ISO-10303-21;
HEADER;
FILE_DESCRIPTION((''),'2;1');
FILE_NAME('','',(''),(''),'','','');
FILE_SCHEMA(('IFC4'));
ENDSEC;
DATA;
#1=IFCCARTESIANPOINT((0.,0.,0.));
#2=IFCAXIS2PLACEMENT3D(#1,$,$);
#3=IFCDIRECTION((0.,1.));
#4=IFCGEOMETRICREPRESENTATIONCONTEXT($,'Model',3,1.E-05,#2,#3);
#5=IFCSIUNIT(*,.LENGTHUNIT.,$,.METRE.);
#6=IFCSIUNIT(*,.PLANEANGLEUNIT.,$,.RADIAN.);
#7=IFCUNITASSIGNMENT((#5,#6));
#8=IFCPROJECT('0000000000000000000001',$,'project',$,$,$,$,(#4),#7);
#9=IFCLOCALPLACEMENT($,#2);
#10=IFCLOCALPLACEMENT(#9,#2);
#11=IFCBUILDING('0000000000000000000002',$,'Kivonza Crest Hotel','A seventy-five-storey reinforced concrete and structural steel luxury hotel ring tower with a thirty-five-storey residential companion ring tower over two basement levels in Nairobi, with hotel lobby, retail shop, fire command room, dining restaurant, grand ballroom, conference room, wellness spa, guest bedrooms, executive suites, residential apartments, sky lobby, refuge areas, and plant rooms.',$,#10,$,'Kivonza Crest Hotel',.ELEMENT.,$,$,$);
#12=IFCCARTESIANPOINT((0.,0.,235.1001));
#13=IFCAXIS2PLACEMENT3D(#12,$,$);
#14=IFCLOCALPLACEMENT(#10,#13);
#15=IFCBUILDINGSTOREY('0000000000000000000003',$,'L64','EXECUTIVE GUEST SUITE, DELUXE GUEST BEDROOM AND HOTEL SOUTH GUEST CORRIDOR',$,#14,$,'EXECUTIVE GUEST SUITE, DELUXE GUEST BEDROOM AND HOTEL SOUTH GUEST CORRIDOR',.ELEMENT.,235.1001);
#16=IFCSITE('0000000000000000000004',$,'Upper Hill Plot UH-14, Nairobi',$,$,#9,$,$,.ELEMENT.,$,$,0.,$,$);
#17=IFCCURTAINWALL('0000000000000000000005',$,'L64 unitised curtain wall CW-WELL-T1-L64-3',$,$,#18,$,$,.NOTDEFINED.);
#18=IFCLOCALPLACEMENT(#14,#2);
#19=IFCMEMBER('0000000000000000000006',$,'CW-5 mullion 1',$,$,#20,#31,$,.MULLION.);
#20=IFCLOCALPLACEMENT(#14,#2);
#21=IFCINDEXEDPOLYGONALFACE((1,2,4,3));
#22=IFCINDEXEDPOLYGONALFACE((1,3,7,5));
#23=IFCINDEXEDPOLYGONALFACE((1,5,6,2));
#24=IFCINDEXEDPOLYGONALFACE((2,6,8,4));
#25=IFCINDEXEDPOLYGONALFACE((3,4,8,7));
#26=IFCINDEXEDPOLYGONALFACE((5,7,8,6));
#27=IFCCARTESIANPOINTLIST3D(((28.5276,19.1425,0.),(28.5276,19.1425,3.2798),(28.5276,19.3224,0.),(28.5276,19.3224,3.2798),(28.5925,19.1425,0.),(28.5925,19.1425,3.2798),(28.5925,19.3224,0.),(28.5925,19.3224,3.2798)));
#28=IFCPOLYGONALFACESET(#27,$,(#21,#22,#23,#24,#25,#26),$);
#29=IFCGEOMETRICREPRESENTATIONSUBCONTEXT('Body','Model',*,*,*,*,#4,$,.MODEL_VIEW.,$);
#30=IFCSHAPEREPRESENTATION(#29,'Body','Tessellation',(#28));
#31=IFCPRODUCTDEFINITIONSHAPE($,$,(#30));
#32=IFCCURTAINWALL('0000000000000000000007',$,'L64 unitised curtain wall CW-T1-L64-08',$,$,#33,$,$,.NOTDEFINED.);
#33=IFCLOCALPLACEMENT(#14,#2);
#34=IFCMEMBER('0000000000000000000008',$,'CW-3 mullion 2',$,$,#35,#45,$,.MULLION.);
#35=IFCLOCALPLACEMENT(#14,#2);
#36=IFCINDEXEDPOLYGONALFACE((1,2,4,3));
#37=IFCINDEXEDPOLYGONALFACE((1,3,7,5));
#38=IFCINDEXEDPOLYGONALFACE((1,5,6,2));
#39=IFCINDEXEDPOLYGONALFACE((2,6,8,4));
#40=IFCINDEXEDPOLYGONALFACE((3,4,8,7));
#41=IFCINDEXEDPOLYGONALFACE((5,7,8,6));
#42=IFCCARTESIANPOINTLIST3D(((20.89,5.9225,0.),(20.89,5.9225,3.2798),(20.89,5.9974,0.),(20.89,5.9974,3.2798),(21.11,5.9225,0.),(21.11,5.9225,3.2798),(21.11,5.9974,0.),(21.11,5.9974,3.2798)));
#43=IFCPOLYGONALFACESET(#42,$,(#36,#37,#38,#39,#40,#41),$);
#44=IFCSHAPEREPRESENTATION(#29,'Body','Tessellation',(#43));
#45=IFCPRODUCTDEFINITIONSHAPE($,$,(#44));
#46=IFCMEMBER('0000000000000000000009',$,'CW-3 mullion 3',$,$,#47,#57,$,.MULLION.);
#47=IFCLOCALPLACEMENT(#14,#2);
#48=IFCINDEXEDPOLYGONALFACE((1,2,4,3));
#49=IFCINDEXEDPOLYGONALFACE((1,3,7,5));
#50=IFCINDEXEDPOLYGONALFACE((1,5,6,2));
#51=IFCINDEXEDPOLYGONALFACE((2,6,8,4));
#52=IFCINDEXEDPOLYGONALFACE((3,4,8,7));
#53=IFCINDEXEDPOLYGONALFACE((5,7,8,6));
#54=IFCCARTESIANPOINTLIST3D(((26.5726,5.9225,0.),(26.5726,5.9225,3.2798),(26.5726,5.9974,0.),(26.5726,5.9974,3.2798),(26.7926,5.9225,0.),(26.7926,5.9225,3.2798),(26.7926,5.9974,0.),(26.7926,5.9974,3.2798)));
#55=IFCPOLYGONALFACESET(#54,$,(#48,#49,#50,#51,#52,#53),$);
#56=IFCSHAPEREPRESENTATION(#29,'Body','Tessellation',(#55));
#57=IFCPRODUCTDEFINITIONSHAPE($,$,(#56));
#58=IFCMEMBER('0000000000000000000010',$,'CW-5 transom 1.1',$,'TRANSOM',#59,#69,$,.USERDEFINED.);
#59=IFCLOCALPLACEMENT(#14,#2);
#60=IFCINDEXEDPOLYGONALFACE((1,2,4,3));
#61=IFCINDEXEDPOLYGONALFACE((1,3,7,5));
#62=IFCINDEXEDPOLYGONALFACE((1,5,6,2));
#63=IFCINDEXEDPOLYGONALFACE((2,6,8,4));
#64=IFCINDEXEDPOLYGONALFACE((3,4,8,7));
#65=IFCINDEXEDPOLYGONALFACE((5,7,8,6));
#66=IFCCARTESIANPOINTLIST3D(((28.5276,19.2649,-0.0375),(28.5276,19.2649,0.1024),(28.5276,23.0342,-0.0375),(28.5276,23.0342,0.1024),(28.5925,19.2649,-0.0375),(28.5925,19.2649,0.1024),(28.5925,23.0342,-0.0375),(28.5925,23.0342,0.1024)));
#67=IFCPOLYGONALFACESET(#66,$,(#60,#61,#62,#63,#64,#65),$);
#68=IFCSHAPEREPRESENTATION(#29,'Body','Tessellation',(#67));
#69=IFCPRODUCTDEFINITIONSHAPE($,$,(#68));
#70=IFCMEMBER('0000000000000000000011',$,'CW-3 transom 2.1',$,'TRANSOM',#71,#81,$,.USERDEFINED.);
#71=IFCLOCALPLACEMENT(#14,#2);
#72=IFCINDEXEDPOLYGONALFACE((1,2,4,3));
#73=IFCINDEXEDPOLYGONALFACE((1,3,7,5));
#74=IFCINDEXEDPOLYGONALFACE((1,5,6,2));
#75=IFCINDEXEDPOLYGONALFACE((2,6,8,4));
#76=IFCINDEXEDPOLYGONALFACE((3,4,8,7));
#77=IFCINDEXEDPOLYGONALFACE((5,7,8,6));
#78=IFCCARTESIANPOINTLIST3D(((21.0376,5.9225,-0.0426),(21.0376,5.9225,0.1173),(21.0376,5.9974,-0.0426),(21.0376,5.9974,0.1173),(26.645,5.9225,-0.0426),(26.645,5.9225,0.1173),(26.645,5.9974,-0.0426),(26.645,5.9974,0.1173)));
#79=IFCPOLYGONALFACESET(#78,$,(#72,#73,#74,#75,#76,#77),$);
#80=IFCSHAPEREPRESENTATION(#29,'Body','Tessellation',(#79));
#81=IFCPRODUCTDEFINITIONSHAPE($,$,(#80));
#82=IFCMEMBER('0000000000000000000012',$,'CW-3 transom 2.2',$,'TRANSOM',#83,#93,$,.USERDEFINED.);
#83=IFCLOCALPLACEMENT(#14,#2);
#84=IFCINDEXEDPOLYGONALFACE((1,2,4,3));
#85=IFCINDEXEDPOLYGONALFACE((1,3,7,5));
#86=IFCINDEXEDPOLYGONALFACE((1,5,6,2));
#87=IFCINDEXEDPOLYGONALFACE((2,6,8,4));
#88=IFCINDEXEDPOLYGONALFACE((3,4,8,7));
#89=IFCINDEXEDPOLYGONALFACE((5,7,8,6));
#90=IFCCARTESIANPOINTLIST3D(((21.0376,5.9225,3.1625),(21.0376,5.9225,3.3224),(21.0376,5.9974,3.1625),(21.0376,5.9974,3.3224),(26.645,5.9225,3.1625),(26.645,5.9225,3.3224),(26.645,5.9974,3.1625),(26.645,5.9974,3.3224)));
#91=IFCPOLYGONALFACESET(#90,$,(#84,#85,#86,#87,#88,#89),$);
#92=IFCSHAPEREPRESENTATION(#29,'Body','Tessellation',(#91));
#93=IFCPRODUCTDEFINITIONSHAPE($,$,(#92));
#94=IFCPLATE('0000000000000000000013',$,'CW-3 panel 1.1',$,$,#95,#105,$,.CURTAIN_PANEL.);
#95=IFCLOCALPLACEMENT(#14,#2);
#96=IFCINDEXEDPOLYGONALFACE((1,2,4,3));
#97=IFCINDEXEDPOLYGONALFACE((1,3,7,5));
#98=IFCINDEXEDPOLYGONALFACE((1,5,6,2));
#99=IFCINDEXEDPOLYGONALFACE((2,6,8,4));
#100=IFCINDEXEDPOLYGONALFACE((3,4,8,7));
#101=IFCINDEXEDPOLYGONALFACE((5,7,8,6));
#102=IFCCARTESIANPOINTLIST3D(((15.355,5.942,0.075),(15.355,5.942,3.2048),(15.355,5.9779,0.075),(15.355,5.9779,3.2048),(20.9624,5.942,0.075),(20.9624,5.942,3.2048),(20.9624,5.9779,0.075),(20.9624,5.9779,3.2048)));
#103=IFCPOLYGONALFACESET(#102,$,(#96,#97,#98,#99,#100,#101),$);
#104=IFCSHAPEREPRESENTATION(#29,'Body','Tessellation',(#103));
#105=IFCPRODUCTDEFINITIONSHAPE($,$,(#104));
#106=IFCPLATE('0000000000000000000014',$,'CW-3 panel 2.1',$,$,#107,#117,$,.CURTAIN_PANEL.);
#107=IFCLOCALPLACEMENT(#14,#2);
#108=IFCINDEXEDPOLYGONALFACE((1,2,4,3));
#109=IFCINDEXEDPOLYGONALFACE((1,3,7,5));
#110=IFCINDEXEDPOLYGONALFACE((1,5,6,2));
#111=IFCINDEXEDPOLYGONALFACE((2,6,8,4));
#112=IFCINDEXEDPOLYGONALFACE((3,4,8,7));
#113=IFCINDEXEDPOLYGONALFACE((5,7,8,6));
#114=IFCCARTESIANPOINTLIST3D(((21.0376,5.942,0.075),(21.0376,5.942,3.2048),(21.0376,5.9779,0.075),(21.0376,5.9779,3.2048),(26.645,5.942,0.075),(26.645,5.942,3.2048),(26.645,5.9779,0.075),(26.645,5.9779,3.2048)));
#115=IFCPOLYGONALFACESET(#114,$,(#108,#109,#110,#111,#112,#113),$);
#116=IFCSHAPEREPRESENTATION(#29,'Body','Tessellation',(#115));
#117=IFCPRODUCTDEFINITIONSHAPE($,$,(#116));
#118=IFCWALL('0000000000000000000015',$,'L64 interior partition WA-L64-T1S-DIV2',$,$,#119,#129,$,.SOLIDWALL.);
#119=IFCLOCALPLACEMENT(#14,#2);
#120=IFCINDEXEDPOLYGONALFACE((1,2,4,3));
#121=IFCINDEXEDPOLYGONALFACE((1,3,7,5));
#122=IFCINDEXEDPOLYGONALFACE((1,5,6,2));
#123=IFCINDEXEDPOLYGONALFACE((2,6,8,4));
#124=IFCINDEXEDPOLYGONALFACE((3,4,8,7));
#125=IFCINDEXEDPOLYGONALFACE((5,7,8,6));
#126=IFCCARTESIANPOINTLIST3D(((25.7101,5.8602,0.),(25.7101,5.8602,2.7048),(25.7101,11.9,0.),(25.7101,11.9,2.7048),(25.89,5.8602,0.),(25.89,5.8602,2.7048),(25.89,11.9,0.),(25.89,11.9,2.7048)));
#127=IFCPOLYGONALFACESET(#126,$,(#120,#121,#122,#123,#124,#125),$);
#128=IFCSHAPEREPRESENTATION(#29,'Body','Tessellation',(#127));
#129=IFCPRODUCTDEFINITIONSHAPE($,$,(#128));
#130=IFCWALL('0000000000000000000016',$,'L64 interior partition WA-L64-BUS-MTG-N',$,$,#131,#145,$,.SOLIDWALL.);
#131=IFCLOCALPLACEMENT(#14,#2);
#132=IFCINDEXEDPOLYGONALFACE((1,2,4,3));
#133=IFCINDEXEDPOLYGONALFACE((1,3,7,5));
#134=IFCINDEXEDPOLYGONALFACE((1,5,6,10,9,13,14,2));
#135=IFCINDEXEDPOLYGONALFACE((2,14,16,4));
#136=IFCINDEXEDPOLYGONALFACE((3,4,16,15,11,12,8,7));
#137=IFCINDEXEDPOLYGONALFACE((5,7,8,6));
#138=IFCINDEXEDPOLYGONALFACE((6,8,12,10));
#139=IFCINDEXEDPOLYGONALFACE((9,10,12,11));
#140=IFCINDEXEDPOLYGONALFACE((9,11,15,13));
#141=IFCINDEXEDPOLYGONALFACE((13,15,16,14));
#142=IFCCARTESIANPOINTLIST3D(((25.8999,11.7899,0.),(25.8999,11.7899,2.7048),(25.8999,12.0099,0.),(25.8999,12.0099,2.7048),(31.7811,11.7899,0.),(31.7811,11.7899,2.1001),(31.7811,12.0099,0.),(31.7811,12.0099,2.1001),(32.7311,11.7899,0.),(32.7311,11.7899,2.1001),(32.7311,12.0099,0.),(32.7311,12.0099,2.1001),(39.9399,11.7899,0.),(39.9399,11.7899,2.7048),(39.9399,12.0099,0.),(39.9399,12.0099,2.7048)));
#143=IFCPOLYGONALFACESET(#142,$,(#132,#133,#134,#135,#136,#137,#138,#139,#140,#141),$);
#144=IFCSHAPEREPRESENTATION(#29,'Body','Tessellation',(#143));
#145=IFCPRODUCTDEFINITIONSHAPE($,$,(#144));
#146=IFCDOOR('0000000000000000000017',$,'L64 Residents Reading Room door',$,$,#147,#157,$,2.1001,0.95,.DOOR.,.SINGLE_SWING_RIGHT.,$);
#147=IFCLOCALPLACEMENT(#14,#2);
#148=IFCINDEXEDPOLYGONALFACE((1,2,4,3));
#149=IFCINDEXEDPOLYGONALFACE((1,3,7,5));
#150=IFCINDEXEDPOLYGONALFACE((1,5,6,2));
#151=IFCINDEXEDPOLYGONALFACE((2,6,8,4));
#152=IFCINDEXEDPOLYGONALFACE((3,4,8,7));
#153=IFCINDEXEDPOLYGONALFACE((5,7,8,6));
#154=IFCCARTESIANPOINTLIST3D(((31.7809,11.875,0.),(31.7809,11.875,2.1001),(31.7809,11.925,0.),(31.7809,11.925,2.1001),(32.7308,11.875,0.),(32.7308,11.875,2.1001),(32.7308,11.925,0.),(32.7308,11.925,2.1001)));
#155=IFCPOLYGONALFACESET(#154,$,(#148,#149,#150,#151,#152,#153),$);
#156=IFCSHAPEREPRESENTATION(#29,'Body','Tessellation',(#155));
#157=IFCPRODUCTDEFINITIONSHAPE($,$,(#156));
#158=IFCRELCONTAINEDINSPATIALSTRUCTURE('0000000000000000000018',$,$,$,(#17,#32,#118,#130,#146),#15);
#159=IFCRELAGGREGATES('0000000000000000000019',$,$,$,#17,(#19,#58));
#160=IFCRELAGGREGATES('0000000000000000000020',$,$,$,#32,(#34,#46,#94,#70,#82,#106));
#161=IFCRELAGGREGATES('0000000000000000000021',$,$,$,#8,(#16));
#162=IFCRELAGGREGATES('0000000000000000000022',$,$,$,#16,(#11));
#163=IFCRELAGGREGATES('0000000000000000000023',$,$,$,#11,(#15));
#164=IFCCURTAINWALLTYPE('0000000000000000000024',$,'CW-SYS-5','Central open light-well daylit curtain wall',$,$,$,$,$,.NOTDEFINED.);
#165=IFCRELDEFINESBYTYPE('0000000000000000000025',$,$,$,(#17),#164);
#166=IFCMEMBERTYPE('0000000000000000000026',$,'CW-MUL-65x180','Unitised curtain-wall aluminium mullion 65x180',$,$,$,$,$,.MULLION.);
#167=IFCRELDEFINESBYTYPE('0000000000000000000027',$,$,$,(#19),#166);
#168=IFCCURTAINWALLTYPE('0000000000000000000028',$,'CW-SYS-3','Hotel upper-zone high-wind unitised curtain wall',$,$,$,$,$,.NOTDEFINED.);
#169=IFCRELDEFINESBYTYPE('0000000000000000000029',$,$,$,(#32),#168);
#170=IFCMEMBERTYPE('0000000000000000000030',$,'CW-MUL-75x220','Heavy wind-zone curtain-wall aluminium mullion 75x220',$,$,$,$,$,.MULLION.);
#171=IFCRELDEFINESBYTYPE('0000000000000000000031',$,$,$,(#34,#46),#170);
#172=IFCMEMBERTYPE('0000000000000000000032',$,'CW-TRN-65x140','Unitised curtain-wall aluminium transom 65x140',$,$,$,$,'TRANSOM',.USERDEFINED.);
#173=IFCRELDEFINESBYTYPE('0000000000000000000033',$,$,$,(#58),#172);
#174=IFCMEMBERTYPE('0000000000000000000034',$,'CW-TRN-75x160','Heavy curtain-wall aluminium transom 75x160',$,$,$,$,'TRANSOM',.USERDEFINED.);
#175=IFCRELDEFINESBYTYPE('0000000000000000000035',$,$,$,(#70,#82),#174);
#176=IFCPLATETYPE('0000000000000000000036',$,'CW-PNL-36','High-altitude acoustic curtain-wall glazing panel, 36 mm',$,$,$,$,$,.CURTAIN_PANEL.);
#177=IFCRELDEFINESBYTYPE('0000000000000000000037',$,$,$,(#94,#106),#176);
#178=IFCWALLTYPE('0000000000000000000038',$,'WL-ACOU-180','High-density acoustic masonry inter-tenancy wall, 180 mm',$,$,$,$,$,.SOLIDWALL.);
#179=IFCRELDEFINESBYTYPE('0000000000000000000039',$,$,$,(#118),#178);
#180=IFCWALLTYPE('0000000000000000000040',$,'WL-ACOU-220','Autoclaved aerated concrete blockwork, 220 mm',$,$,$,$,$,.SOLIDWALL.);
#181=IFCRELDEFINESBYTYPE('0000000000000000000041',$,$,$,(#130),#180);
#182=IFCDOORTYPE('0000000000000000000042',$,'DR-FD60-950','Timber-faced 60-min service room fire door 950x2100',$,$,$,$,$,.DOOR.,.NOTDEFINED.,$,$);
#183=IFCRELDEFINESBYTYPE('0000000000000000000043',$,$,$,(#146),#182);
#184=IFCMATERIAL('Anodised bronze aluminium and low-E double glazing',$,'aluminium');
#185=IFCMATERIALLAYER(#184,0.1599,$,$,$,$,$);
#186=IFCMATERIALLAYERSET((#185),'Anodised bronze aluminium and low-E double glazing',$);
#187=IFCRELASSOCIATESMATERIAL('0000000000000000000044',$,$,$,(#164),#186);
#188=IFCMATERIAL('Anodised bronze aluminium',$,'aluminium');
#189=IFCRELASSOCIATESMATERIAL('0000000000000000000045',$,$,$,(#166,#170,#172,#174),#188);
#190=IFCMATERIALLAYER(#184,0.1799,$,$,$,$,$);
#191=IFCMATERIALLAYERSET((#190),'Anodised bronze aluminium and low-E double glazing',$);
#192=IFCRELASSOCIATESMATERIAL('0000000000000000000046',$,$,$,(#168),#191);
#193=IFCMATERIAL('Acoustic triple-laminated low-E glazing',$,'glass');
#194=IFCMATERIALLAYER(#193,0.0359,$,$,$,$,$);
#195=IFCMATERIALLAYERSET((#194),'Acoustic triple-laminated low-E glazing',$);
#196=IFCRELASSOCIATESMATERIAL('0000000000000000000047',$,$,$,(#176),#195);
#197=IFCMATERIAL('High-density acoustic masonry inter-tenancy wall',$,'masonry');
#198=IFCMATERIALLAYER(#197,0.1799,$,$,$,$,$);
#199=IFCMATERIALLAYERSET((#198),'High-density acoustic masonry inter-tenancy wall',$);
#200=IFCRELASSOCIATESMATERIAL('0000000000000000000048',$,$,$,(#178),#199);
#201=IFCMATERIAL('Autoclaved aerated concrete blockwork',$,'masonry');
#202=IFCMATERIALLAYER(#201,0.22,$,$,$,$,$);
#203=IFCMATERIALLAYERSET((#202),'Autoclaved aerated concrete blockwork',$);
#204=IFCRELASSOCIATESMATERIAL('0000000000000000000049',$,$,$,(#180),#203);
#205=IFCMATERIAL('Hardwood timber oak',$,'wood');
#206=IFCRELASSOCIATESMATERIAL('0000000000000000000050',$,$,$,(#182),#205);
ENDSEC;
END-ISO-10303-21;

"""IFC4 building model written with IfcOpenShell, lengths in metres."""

from ifc_helpers import new_model, si_unit, direction, frame, frame_2d, origin, origin_2d, place, context, subcontext, project, spatial, rectangle, extrude, material, layer, layer_set, material_profile, profile_set, type_object, element, fill, aggregate, save


model = new_model("IFC4")

# Units and contexts
model_context = context("Model", 3, precision=1e-05, world=origin(), true_north=direction((0.0, 1.0)))
body_context = subcontext(model_context, "Body", "Model", "MODEL_VIEW")
ifc_project = project(units=[si_unit("LENGTHUNIT", "METRE"), si_unit("PLANEANGLEUNIT", "RADIAN")], contexts=[model_context])

# Site, building, storey
site_placement = place(None, origin())
site = spatial("IfcSite", under=ifc_project, at=site_placement, Name="Upper Hill Plot UH-14, Nairobi", CompositionType="ELEMENT", RefElevation=0.0)
building_placement = place(site_placement, origin())
building = spatial("IfcBuilding", under=site, at=building_placement, Name="Kivonza Crest Hotel", Description="A seventy-five-storey reinforced concrete and structural steel luxury hotel ring tower with a thirty-five-storey residential companion ring tower over two basement levels in Nairobi, with hotel lobby, retail shop, fire command room, dining restaurant, grand ballroom, conference room, wellness spa, guest bedrooms, executive suites, residential apartments, sky lobby, refuge areas, and plant rooms.", LongName="Kivonza Crest Hotel", CompositionType="ELEMENT")
storey_placement = place(building_placement, frame((0.0, 0.0, 235.1001)))
storey = spatial("IfcBuildingStorey", under=building, at=storey_placement, Name="L64", Description="EXECUTIVE GUEST SUITE, DELUXE GUEST BEDROOM AND HOTEL SOUTH GUEST CORRIDOR", LongName="EXECUTIVE GUEST SUITE, DELUXE GUEST BEDROOM AND HOTEL SOUTH GUEST CORRIDOR", CompositionType="ELEMENT", Elevation=235.1001)

# Curtain wall, member
ifc_material_1 = material(Name="Anodised bronze aluminium and low-E double glazing", Category="aluminium")
ifc_layer_1 = layer(ifc_material_1, 0.1599)
ifc_layer_set_1 = layer_set([ifc_layer_1], Name="Anodised bronze aluminium and low-E double glazing")
curtain_wall_type_1 = type_object("IfcCurtainWallType", Name="CW-SYS-5", Description="Central open light-well daylit curtain wall", PredefinedType="NOTDEFINED", material=ifc_layer_set_1)
curtain_wall_1_placement = place(storey_placement, origin())
curtain_wall_1 = element("IfcCurtainWall", 1, at=curtain_wall_1_placement, inside=storey, type_object=curtain_wall_type_1, Name="L64 unitised curtain wall CW-WELL-T1-L64-3", PredefinedType="NOTDEFINED")
ifc_material_2 = material(Name="Anodised bronze aluminium", Category="aluminium")
ifc_material_profile_1 = material_profile(ifc_material_2, rectangle(XDim=0.0649, YDim=0.1799, at=origin_2d()), Name="CW-M 65x180")
ifc_profile_set_1 = profile_set([ifc_material_profile_1], Name="Anodised bronze aluminium")
member_type_1 = type_object("IfcMemberType", Name="CW-MUL-65x180", Description="Unitised curtain-wall aluminium mullion 65x180", PredefinedType="MULLION", material=ifc_profile_set_1)
member_1_placement = place(storey_placement, frame((28.5601, 19.2324, 0.0), z_axis=(0.0, 0.0, 1.0), x_axis=(-1.0, 0.0, 0.0)))
member_1 = element("IfcMember", 2, at=member_1_placement, type_object=member_type_1, Name="CW-5 mullion 1", PredefinedType="MULLION", context=body_context, shape_type="SweptSolid", body=[
    extrude(rectangle(XDim=0.0649, YDim=0.1799, at=origin_2d()), origin(), (0.0, 0.0, 1.0), 3.2798),
])

# Curtain wall, members
ifc_layer_2 = layer(ifc_material_1, 0.1799)
ifc_layer_set_2 = layer_set([ifc_layer_2], Name="Anodised bronze aluminium and low-E double glazing")
curtain_wall_type_2 = type_object("IfcCurtainWallType", Name="CW-SYS-3", Description="Hotel upper-zone high-wind unitised curtain wall", PredefinedType="NOTDEFINED", material=ifc_layer_set_2)
curtain_wall_2_placement = place(storey_placement, origin())
curtain_wall_2 = element("IfcCurtainWall", 3, at=curtain_wall_2_placement, inside=storey, type_object=curtain_wall_type_2, Name="L64 unitised curtain wall CW-T1-L64-08", PredefinedType="NOTDEFINED")
ifc_material_profile_2 = material_profile(ifc_material_2, rectangle(XDim=0.075, YDim=0.22, at=origin_2d()), Name="CW-M 75x220")
ifc_profile_set_2 = profile_set([ifc_material_profile_2], Name="Anodised bronze aluminium")
member_type_2 = type_object("IfcMemberType", Name="CW-MUL-75x220", Description="Heavy wind-zone curtain-wall aluminium mullion 75x220", PredefinedType="MULLION", material=ifc_profile_set_2)
member_2_placement = place(storey_placement, frame((21.0, 5.96, 0.0), z_axis=(0.0, 0.0, 1.0), x_axis=(0.0, 1.0, 0.0)))
member_2 = element("IfcMember", 4, at=member_2_placement, type_object=member_type_2, Name="CW-3 mullion 2", PredefinedType="MULLION", context=body_context, shape_type="SweptSolid", body=[
    extrude(rectangle(XDim=0.075, YDim=0.22, at=origin_2d()), origin(), (0.0, 0.0, 1.0), 3.2798),
])
member_3_placement = place(storey_placement, frame((26.6826, 5.96, 0.0), z_axis=(0.0, 0.0, 1.0), x_axis=(0.0, 1.0, 0.0)))
member_3 = element("IfcMember", 5, at=member_3_placement, type_object=member_type_2, Name="CW-3 mullion 3", PredefinedType="MULLION", context=body_context, shape_type="SweptSolid", body=[
    extrude(rectangle(XDim=0.075, YDim=0.22, at=origin_2d()), origin(), (0.0, 0.0, 1.0), 3.2798),
])

# Members
ifc_material_profile_3 = material_profile(ifc_material_2, rectangle(XDim=0.0649, YDim=0.1399, at=origin_2d()), Name="CW-T 65x140")
ifc_profile_set_3 = profile_set([ifc_material_profile_3], Name="Anodised bronze aluminium")
member_type_3 = type_object("IfcMemberType", Name="CW-TRN-65x140", Description="Unitised curtain-wall aluminium transom 65x140", ElementType="TRANSOM", PredefinedType="USERDEFINED", material=ifc_profile_set_3)
member_4_placement = place(storey_placement, frame((28.5601, 19.2649, 0.0325), z_axis=(0.0, 1.0, 0.0), x_axis=(-1.0, 0.0, 0.0)))
member_4 = element("IfcMember", 6, at=member_4_placement, type_object=member_type_3, Name="CW-5 transom 1.1", ObjectType="TRANSOM", PredefinedType="USERDEFINED", context=body_context, shape_type="SweptSolid", body=[
    extrude(rectangle(XDim=0.0649, YDim=0.1399, at=origin_2d()), origin(), (0.0, 0.0, 1.0), 3.7693),
])
aggregate(curtain_wall_1, [member_1, member_4])
ifc_material_profile_4 = material_profile(ifc_material_2, rectangle(XDim=0.075, YDim=0.1599, at=origin_2d()), Name="CW-T 75x160")
ifc_profile_set_4 = profile_set([ifc_material_profile_4], Name="Anodised bronze aluminium")
member_type_4 = type_object("IfcMemberType", Name="CW-TRN-75x160", Description="Heavy curtain-wall aluminium transom 75x160", ElementType="TRANSOM", PredefinedType="USERDEFINED", material=ifc_profile_set_4)
member_5_placement = place(storey_placement, frame((21.0376, 5.96, 0.0374), z_axis=(1.0, 0.0, 0.0), x_axis=(0.0, 1.0, 0.0)))
member_5 = element("IfcMember", 7, at=member_5_placement, type_object=member_type_4, Name="CW-3 transom 2.1", ObjectType="TRANSOM", PredefinedType="USERDEFINED", context=body_context, shape_type="SweptSolid", body=[
    extrude(rectangle(XDim=0.075, YDim=0.1599, at=origin_2d()), origin(), (0.0, 0.0, 1.0), 5.6074),
])
member_6_placement = place(storey_placement, frame((21.0376, 5.96, 3.2424), z_axis=(1.0, 0.0, 0.0), x_axis=(0.0, 1.0, 0.0)))
member_6 = element("IfcMember", 8, at=member_6_placement, type_object=member_type_4, Name="CW-3 transom 2.2", ObjectType="TRANSOM", PredefinedType="USERDEFINED", context=body_context, shape_type="SweptSolid", body=[
    extrude(rectangle(XDim=0.075, YDim=0.1599, at=origin_2d()), origin(), (0.0, 0.0, 1.0), 5.6074),
])

# Plates
ifc_material_3 = material(Name="Acoustic triple-laminated low-E glazing", Category="glass")
ifc_layer_3 = layer(ifc_material_3, 0.0359)
ifc_layer_set_3 = layer_set([ifc_layer_3], Name="Acoustic triple-laminated low-E glazing")
plate_type = type_object("IfcPlateType", Name="CW-PNL-36", Description="High-altitude acoustic curtain-wall glazing panel, 36 mm", PredefinedType="CURTAIN_PANEL", material=ifc_layer_set_3)
plate_1_placement = place(storey_placement, frame((18.1587, 5.96, 0.075), z_axis=(0.0, 0.0, 1.0), x_axis=(1.0, 0.0, 0.0)))
plate_1 = element("IfcPlate", 9, at=plate_1_placement, type_object=plate_type, Name="CW-3 panel 1.1", PredefinedType="CURTAIN_PANEL", context=body_context, shape_type="SweptSolid", body=[
    extrude(rectangle(XDim=5.6074, YDim=0.0359, at=origin_2d()), origin(), (0.0, 0.0, 1.0), 3.1299),
])
plate_2_placement = place(storey_placement, frame((23.8413, 5.96, 0.075), z_axis=(0.0, 0.0, 1.0), x_axis=(1.0, 0.0, 0.0)))
plate_2 = element("IfcPlate", 10, at=plate_2_placement, type_object=plate_type, Name="CW-3 panel 2.1", PredefinedType="CURTAIN_PANEL", context=body_context, shape_type="SweptSolid", body=[
    extrude(rectangle(XDim=5.6074, YDim=0.0359, at=origin_2d()), origin(), (0.0, 0.0, 1.0), 3.1299),
])
aggregate(curtain_wall_2, [member_2, member_3, plate_1, member_5, member_6, plate_2])

# Wall
ifc_material_4 = material(Name="High-density acoustic masonry inter-tenancy wall", Category="masonry")
ifc_layer_4 = layer(ifc_material_4, 0.1799)
ifc_layer_set_4 = layer_set([ifc_layer_4], Name="High-density acoustic masonry inter-tenancy wall")
wall_type_1 = type_object("IfcWallType", Name="WL-ACOU-180", Description="High-density acoustic masonry inter-tenancy wall, 180 mm", PredefinedType="SOLIDWALL", material=ifc_layer_set_4)
wall_1_placement = place(storey_placement, frame((25.8, 5.8601, 0.0), z_axis=(0.0, 0.0, 1.0), x_axis=(0.0, 1.0, 0.0)))
element("IfcWall", 11, at=wall_1_placement, inside=storey, type_object=wall_type_1, Name="L64 interior partition WA-L64-T1S-DIV2", PredefinedType="SOLIDWALL", context=body_context, shape_type="SweptSolid", body=[
    extrude(rectangle(XDim=6.0398, YDim=0.1799, at=frame_2d((3.02, 0.0))), origin(), (0.0, 0.0, 1.0), 2.7048),
])

# Wall, opening, door
ifc_material_5 = material(Name="Autoclaved aerated concrete blockwork", Category="masonry")
ifc_layer_5 = layer(ifc_material_5, 0.22)
ifc_layer_set_5 = layer_set([ifc_layer_5], Name="Autoclaved aerated concrete blockwork")
wall_type_2 = type_object("IfcWallType", Name="WL-ACOU-220", Description="Autoclaved aerated concrete blockwork, 220 mm", PredefinedType="SOLIDWALL", material=ifc_layer_set_5)
wall_2_placement = place(storey_placement, frame((25.8999, 11.8999, 0.0), z_axis=(0.0, 0.0, 1.0), x_axis=(1.0, 0.0, 0.0)))
wall_2 = element("IfcWall", 12, at=wall_2_placement, inside=storey, type_object=wall_type_2, Name="L64 interior partition WA-L64-BUS-MTG-N", PredefinedType="SOLIDWALL", context=body_context, shape_type="SweptSolid", body=[
    extrude(rectangle(XDim=14.04, YDim=0.22, at=frame_2d((7.02, 0.0))), origin(), (0.0, 0.0, 1.0), 2.7048),
])
opening_1_placement = place(wall_2_placement, frame((5.8811, 0.0, 0.0)))
opening_1 = element("IfcOpeningElement", 13, at=opening_1_placement, cuts=wall_2, PredefinedType="OPENING", context=body_context, shape_type="SweptSolid", body=[
    extrude(rectangle(XDim=0.95, YDim=2.1001, at=frame_2d((0.4751, 1.05))), frame((0.0, 0.1201, 0.0), z_axis=(0.0, -1.0, 0.0), x_axis=(1.0, 0.0, 0.0)), (0.0, 0.0, 1.0), 0.24),
])
ifc_material_6 = material(Name="Hardwood timber oak", Category="wood")
door_type_1 = type_object("IfcDoorType", Name="DR-FD60-950", Description="Timber-faced 60-min service room fire door 950x2100", OperationType="NOTDEFINED", PredefinedType="DOOR", material=ifc_material_6)
door_1_placement = place(opening_1_placement, frame((0.95, 0.0, 0.0), z_axis=(0.0, 0.0, 1.0), x_axis=(-1.0, 0.0, 0.0)))
door_1 = element("IfcDoor", 14, at=door_1_placement, inside=storey, type_object=door_type_1, Name="L64 Residents Reading Room door", OperationType="SINGLE_SWING_RIGHT", OverallHeight=2.1001, OverallWidth=0.95, PredefinedType="DOOR", context=body_context, shape_type="SweptSolid", body=[
    extrude(rectangle(XDim=0.95, YDim=2.1001, at=frame_2d((0.4751, 1.05))), frame((0.0, 0.0249, 0.0), z_axis=(0.0, -1.0, 0.0), x_axis=(1.0, 0.0, 0.0)), (0.0, 0.0, 1.0), 0.05),
])
fill(opening_1, door_1)

save(model, "model.ifc")
